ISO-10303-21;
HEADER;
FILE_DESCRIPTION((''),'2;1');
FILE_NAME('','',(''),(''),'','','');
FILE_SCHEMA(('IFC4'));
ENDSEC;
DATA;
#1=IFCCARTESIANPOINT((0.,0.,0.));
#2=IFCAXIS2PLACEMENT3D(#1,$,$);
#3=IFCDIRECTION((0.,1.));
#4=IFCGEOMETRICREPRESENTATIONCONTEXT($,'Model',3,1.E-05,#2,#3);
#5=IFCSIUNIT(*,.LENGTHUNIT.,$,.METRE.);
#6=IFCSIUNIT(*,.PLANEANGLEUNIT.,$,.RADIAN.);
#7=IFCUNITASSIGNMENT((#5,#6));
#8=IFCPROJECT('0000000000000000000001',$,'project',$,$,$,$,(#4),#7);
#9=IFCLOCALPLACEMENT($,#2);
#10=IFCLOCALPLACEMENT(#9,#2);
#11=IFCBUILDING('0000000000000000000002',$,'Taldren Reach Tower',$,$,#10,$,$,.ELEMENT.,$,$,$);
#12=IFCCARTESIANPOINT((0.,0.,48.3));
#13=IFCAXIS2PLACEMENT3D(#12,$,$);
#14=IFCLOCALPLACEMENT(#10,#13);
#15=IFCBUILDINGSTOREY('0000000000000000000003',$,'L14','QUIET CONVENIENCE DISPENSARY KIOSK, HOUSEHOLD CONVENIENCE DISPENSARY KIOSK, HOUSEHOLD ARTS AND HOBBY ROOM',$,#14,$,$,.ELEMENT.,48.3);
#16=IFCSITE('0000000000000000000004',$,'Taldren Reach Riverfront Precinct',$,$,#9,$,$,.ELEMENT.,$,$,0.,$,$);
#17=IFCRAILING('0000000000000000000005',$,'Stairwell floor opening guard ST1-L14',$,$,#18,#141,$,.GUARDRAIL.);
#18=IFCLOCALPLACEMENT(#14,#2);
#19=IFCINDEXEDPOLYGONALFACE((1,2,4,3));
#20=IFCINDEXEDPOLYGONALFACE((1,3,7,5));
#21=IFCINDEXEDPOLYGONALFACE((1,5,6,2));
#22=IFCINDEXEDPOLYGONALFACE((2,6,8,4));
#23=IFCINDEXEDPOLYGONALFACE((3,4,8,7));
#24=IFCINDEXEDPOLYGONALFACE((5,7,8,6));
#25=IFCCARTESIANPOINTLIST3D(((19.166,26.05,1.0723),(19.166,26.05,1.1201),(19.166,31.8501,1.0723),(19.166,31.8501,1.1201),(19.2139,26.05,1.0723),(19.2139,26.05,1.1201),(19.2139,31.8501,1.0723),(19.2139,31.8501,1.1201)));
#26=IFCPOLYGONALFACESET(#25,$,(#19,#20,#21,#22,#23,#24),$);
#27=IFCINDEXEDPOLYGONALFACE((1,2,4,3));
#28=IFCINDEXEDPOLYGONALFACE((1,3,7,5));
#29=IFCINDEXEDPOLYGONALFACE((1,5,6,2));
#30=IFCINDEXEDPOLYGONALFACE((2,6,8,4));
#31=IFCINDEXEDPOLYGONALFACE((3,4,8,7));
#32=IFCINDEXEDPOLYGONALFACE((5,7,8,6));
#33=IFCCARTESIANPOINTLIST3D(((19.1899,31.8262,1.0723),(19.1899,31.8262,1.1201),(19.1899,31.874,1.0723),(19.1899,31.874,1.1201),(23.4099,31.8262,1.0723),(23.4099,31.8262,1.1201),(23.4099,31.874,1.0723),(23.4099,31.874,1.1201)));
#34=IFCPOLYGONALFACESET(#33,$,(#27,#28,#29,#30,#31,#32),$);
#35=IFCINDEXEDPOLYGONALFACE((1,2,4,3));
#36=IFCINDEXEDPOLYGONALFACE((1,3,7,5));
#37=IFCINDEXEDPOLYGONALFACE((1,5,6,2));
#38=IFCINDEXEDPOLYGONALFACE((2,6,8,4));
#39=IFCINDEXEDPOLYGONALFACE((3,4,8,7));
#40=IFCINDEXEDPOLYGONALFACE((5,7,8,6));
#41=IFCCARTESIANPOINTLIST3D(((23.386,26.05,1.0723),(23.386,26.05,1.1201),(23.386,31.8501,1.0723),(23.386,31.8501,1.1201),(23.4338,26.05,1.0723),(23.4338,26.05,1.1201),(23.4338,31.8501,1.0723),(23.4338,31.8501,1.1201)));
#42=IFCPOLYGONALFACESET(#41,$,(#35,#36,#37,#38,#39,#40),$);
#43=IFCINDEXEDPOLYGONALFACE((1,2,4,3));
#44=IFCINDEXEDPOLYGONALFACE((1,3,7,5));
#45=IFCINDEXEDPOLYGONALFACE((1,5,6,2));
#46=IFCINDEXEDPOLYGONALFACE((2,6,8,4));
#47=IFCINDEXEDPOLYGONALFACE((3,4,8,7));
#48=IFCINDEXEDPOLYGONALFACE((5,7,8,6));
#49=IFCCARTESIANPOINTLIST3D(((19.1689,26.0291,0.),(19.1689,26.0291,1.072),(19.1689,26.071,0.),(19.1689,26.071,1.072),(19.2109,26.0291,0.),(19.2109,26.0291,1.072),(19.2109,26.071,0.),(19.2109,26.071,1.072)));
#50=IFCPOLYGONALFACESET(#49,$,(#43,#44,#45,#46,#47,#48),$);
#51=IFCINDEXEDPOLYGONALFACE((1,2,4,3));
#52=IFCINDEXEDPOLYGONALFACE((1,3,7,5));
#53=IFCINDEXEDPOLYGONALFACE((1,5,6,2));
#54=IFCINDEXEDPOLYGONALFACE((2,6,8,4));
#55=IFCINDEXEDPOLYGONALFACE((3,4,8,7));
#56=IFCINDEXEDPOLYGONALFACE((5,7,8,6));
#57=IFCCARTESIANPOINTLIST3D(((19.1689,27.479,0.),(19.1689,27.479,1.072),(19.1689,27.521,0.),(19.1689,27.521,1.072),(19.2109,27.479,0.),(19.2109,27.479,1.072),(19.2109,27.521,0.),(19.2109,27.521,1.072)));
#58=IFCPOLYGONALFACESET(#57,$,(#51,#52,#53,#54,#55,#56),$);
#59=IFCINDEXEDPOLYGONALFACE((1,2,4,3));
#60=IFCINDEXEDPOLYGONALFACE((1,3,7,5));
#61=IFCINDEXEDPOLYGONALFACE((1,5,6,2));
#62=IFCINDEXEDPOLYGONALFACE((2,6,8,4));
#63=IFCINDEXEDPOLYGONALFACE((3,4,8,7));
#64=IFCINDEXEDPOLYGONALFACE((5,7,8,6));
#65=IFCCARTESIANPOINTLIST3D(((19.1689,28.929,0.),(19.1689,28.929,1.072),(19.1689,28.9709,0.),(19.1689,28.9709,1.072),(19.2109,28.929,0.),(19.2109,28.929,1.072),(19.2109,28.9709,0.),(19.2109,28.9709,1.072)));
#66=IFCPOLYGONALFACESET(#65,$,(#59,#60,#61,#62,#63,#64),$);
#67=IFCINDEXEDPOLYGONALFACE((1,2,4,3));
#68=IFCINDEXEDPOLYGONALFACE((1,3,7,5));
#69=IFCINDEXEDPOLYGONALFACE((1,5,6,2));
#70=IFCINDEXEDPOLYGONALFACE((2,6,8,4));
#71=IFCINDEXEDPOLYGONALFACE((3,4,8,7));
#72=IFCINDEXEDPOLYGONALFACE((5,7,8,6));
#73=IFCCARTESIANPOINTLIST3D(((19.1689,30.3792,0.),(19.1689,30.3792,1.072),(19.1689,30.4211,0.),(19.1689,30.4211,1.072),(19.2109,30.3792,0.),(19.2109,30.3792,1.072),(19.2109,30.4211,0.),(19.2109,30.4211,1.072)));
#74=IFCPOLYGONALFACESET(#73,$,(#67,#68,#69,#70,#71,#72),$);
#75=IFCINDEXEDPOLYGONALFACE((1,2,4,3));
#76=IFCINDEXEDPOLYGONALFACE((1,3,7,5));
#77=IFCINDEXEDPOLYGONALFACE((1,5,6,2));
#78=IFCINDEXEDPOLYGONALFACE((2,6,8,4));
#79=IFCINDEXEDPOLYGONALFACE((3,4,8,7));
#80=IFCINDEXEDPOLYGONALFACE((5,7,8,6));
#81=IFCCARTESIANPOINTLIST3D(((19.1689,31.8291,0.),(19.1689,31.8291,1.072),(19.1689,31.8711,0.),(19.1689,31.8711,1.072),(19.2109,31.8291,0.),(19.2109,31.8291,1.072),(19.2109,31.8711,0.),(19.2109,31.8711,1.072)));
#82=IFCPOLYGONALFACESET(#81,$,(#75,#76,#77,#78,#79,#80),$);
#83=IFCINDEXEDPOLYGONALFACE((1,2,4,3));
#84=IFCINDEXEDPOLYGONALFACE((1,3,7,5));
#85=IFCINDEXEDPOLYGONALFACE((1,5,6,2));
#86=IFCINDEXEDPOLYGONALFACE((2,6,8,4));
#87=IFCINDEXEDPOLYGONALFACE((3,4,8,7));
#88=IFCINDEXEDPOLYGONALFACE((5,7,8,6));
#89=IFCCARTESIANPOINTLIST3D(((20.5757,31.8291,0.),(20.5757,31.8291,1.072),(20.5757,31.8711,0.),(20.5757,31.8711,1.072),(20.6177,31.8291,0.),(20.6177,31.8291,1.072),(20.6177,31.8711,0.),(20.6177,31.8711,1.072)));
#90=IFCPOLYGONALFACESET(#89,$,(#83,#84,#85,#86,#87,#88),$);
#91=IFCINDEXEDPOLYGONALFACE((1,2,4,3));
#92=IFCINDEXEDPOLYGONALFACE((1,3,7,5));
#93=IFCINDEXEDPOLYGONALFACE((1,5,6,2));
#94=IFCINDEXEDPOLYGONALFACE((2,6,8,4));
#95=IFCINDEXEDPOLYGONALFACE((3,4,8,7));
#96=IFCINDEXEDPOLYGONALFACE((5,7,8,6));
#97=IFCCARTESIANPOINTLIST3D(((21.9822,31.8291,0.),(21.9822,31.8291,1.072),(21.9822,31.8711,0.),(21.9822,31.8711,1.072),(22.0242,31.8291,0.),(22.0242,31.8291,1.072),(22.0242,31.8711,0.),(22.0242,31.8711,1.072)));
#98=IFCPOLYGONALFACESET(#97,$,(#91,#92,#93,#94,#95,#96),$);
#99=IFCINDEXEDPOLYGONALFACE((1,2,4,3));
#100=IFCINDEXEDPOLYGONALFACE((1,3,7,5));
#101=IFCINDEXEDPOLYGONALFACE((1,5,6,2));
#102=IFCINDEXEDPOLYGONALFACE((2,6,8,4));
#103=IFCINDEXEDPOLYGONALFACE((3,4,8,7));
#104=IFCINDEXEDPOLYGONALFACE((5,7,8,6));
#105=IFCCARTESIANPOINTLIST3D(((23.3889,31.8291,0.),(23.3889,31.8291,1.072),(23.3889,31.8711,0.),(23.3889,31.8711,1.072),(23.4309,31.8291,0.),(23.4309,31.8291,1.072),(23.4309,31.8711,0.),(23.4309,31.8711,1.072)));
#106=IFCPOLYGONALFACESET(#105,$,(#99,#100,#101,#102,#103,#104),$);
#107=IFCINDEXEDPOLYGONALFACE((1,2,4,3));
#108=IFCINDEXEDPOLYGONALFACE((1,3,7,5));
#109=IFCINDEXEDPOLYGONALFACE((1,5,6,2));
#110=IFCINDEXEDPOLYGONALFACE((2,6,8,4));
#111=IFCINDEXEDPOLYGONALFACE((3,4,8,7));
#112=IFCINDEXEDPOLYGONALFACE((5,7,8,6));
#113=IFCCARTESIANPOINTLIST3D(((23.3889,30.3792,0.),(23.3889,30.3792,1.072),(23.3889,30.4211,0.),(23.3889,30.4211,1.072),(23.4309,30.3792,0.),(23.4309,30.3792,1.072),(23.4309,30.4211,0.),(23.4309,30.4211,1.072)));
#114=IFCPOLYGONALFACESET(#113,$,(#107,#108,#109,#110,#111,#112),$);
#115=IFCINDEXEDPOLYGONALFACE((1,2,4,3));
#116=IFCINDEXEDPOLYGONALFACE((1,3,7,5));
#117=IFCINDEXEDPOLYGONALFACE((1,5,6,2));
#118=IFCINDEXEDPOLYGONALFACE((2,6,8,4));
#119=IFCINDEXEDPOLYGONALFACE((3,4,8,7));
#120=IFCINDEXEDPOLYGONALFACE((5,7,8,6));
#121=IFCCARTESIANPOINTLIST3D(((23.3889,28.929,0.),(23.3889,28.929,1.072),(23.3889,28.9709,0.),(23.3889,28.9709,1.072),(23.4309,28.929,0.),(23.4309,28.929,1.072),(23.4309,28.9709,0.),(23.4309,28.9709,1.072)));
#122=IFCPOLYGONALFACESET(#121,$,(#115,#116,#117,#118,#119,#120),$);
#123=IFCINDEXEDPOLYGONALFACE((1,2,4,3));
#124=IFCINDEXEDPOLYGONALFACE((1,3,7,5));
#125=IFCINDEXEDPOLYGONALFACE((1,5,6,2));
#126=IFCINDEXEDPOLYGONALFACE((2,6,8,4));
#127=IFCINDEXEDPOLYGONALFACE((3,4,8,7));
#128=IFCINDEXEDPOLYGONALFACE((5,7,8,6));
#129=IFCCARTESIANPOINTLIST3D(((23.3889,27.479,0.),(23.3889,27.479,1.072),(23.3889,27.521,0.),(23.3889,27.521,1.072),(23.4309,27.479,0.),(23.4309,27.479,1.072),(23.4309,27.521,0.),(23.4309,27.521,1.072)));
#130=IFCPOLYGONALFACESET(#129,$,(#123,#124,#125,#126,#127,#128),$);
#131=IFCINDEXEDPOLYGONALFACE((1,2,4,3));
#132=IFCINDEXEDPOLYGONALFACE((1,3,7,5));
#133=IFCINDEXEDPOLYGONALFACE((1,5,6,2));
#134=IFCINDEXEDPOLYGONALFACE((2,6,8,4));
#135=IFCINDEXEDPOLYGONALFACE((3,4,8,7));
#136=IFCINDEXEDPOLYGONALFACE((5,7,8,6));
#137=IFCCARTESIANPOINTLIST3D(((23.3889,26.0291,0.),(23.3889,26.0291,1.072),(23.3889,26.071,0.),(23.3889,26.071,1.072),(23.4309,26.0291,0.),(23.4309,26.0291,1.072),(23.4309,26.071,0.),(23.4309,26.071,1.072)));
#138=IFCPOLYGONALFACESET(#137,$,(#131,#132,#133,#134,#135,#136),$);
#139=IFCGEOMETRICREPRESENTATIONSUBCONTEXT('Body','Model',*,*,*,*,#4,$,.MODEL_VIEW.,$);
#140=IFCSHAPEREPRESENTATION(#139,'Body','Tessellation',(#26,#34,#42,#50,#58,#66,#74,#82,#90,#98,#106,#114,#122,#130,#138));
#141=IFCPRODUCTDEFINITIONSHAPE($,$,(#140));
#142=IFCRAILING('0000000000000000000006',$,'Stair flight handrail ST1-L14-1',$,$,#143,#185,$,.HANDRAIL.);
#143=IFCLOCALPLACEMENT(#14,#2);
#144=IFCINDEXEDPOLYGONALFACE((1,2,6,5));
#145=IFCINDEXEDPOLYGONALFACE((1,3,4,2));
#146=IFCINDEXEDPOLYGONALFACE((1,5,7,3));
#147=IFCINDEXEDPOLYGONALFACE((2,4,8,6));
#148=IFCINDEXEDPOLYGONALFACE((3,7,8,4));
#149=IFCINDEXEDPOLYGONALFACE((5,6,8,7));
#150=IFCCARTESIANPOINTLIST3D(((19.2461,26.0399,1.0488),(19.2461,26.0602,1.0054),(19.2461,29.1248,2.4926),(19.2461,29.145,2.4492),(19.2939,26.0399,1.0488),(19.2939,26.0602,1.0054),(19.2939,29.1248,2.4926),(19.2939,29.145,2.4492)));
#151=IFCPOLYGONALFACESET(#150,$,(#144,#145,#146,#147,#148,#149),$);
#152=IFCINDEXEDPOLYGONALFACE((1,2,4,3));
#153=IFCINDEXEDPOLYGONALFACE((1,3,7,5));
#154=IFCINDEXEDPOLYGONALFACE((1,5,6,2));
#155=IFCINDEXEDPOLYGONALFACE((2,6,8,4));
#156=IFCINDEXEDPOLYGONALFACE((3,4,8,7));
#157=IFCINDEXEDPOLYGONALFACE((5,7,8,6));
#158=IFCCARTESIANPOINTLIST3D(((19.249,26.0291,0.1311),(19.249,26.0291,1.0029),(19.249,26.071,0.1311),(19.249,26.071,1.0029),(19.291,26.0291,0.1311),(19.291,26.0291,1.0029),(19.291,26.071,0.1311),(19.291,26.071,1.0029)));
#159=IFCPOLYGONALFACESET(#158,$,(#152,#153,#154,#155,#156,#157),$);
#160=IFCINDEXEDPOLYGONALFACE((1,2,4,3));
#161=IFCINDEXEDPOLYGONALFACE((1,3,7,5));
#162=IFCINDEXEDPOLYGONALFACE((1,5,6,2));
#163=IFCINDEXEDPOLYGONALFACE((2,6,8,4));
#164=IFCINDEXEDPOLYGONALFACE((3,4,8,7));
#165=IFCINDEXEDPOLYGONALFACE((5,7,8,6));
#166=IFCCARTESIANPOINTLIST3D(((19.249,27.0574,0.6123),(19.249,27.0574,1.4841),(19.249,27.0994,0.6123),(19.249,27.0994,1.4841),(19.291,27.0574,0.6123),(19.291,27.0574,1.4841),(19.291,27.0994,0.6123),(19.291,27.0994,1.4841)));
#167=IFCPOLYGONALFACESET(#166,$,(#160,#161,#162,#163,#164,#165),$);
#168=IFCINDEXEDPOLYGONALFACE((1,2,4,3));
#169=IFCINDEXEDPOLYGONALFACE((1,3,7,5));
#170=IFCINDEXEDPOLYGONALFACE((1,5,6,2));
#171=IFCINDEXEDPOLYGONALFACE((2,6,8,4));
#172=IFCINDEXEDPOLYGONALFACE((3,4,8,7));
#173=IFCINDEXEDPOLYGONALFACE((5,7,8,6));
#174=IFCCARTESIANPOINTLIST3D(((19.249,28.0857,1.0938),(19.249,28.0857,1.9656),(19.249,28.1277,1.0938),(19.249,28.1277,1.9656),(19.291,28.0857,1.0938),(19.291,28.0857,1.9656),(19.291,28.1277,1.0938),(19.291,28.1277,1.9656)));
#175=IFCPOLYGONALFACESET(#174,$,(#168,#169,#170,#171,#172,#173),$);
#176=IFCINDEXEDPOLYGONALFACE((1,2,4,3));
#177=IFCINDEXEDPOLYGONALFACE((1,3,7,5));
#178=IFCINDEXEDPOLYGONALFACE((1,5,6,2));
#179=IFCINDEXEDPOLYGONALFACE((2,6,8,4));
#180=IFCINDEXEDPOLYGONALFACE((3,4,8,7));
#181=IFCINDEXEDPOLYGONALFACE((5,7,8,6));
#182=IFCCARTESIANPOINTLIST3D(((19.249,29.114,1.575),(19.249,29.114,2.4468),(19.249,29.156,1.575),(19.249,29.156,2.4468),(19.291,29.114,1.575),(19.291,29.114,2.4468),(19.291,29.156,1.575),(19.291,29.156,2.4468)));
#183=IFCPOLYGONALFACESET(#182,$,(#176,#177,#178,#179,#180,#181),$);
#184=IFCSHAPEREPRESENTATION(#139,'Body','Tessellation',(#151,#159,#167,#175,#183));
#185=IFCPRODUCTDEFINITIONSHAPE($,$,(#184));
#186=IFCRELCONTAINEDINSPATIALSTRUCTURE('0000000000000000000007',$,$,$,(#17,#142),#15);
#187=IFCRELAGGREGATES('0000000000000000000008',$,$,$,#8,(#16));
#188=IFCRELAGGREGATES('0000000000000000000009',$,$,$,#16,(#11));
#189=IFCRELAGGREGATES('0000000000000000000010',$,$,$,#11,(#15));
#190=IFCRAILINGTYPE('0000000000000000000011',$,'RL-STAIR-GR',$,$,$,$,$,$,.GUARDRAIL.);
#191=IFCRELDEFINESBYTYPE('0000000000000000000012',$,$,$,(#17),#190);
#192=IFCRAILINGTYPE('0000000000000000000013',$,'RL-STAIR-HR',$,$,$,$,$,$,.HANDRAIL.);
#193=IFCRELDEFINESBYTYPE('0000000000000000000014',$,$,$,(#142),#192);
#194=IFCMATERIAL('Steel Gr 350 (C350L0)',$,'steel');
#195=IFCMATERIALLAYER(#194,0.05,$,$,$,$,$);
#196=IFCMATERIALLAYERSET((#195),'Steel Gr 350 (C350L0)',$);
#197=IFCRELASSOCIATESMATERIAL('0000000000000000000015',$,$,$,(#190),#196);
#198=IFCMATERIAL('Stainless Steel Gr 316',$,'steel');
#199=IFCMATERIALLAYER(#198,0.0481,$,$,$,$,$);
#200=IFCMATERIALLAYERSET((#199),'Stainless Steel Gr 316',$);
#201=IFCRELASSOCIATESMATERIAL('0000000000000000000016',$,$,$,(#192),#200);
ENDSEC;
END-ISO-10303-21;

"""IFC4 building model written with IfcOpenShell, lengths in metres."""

from ifc_helpers import new_model, si_unit, direction, frame, origin, origin_2d, place, context, subcontext, project, spatial, rectangle, extrude, material, layer, layer_set, type_object, element, save


model = new_model("IFC4")

# Units and contexts
model_context = context("Model", 3, precision=1e-05, world=origin(), true_north=direction((0.0, 1.0)))
body_context = subcontext(model_context, "Body", "Model", "MODEL_VIEW")
ifc_project = project(units=[si_unit("LENGTHUNIT", "METRE"), si_unit("PLANEANGLEUNIT", "RADIAN")], contexts=[model_context])

# Site, building, storey
site_placement = place(None, origin())
site = spatial("IfcSite", under=ifc_project, at=site_placement, Name="Taldren Reach Riverfront Precinct", CompositionType="ELEMENT", RefElevation=0.0)
building_placement = place(site_placement, origin())
building = spatial("IfcBuilding", under=site, at=building_placement, Name="Taldren Reach Tower", CompositionType="ELEMENT")
storey_placement = place(building_placement, frame((0.0, 0.0, 48.3)))
storey = spatial("IfcBuildingStorey", under=building, at=storey_placement, Name="L14", Description="QUIET CONVENIENCE DISPENSARY KIOSK, HOUSEHOLD CONVENIENCE DISPENSARY KIOSK, HOUSEHOLD ARTS AND HOBBY ROOM", CompositionType="ELEMENT", Elevation=48.3)

# Railings
ifc_material_1 = material(Name="Steel Gr 350 (C350L0)", Category="steel")
ifc_layer_1 = layer(ifc_material_1, 0.05)
ifc_layer_set_1 = layer_set([ifc_layer_1], Name="Steel Gr 350 (C350L0)")
railing_type_1 = type_object("IfcRailingType", Name="RL-STAIR-GR", PredefinedType="GUARDRAIL", material=ifc_layer_set_1)
railing_1_placement = place(storey_placement, frame((19.1899, 26.05, 0.0)))
element("IfcRailing", 1, at=railing_1_placement, inside=storey, type_object=railing_type_1, Name="Stairwell floor opening guard ST1-L14", PredefinedType="GUARDRAIL", context=body_context, shape_type="SweptSolid", body=[
    extrude(rectangle(XDim=0.0479, YDim=0.0479, at=origin_2d()), frame((0.0, 0.0, 1.0962), z_axis=(0.0, 1.0, 0.0), x_axis=(-1.0, 0.0, 0.0)), (0.0, 0.0, 1.0), 5.8),
    extrude(rectangle(XDim=0.0479, YDim=0.0479, at=origin_2d()), frame((0.0, 5.8, 1.0962), z_axis=(1.0, 0.0, 0.0), x_axis=(0.0, 1.0, 0.0)), (0.0, 0.0, 1.0), 4.22),
    extrude(rectangle(XDim=0.0479, YDim=0.0479, at=origin_2d()), frame((4.22, 5.8, 1.0962), z_axis=(0.0, -1.0, 0.0), x_axis=(1.0, 0.0, 0.0)), (0.0, 0.0, 1.0), 5.8),
    extrude(rectangle(XDim=0.042, YDim=0.042, at=origin_2d()), origin(), (0.0, 0.0, 1.0), 1.072),
    extrude(rectangle(XDim=0.042, YDim=0.042, at=origin_2d()), frame((0.0, 1.45, 0.0)), (0.0, 0.0, 1.0), 1.072),
    extrude(rectangle(XDim=0.042, YDim=0.042, at=origin_2d()), frame((0.0, 2.8999, 0.0)), (0.0, 0.0, 1.0), 1.072),
    extrude(rectangle(XDim=0.042, YDim=0.042, at=origin_2d()), frame((0.0, 4.3501, 0.0)), (0.0, 0.0, 1.0), 1.072),
    extrude(rectangle(XDim=0.042, YDim=0.042, at=origin_2d()), frame((0.0, 5.8, 0.0)), (0.0, 0.0, 1.0), 1.072),
    extrude(rectangle(XDim=0.042, YDim=0.042, at=origin_2d()), frame((1.4067, 5.8, 0.0)), (0.0, 0.0, 1.0), 1.072),
    extrude(rectangle(XDim=0.042, YDim=0.042, at=origin_2d()), frame((2.8132, 5.8, 0.0)), (0.0, 0.0, 1.0), 1.072),
    extrude(rectangle(XDim=0.042, YDim=0.042, at=origin_2d()), frame((4.22, 5.8, 0.0)), (0.0, 0.0, 1.0), 1.072),
    extrude(rectangle(XDim=0.042, YDim=0.042, at=origin_2d()), frame((4.22, 4.3501, 0.0)), (0.0, 0.0, 1.0), 1.072),
    extrude(rectangle(XDim=0.042, YDim=0.042, at=origin_2d()), frame((4.22, 2.8999, 0.0)), (0.0, 0.0, 1.0), 1.072),
    extrude(rectangle(XDim=0.042, YDim=0.042, at=origin_2d()), frame((4.22, 1.45, 0.0)), (0.0, 0.0, 1.0), 1.072),
    extrude(rectangle(XDim=0.042, YDim=0.042, at=origin_2d()), frame((4.22, 0.0, 0.0)), (0.0, 0.0, 1.0), 1.072),
])
ifc_material_2 = material(Name="Stainless Steel Gr 316", Category="steel")
ifc_layer_2 = layer(ifc_material_2, 0.0481)
ifc_layer_set_2 = layer_set([ifc_layer_2], Name="Stainless Steel Gr 316")
railing_type_2 = type_object("IfcRailingType", Name="RL-STAIR-HR", PredefinedType="HANDRAIL", material=ifc_layer_set_2)
railing_2_placement = place(storey_placement, frame((19.27, 26.05, 0.1311)))
element("IfcRailing", 2, at=railing_2_placement, inside=storey, type_object=railing_type_2, Name="Stair flight handrail ST1-L14-1", PredefinedType="HANDRAIL", context=body_context, shape_type="SweptSolid", body=[
    extrude(rectangle(XDim=0.0479, YDim=0.0479, at=origin_2d()), frame((0.0, 0.0, 0.896), z_axis=(0.0, 0.90571, 0.423898), x_axis=(-1.0, 0.0, 0.0)), (0.0, 0.0, 1.0), 3.406),
    extrude(rectangle(XDim=0.042, YDim=0.042, at=origin_2d()), origin(), (0.0, 0.0, 1.0), 0.8718),
    extrude(rectangle(XDim=0.042, YDim=0.042, at=origin_2d()), frame((0.0, 1.0283, 0.4812)), (0.0, 0.0, 1.0), 0.8718),
    extrude(rectangle(XDim=0.042, YDim=0.042, at=origin_2d()), frame((0.0, 2.0566, 0.9626)), (0.0, 0.0, 1.0), 0.8718),
    extrude(rectangle(XDim=0.042, YDim=0.042, at=origin_2d()), frame((0.0, 3.085, 1.4438)), (0.0, 0.0, 1.0), 0.8718),
])

save(model, "model.ifc")
